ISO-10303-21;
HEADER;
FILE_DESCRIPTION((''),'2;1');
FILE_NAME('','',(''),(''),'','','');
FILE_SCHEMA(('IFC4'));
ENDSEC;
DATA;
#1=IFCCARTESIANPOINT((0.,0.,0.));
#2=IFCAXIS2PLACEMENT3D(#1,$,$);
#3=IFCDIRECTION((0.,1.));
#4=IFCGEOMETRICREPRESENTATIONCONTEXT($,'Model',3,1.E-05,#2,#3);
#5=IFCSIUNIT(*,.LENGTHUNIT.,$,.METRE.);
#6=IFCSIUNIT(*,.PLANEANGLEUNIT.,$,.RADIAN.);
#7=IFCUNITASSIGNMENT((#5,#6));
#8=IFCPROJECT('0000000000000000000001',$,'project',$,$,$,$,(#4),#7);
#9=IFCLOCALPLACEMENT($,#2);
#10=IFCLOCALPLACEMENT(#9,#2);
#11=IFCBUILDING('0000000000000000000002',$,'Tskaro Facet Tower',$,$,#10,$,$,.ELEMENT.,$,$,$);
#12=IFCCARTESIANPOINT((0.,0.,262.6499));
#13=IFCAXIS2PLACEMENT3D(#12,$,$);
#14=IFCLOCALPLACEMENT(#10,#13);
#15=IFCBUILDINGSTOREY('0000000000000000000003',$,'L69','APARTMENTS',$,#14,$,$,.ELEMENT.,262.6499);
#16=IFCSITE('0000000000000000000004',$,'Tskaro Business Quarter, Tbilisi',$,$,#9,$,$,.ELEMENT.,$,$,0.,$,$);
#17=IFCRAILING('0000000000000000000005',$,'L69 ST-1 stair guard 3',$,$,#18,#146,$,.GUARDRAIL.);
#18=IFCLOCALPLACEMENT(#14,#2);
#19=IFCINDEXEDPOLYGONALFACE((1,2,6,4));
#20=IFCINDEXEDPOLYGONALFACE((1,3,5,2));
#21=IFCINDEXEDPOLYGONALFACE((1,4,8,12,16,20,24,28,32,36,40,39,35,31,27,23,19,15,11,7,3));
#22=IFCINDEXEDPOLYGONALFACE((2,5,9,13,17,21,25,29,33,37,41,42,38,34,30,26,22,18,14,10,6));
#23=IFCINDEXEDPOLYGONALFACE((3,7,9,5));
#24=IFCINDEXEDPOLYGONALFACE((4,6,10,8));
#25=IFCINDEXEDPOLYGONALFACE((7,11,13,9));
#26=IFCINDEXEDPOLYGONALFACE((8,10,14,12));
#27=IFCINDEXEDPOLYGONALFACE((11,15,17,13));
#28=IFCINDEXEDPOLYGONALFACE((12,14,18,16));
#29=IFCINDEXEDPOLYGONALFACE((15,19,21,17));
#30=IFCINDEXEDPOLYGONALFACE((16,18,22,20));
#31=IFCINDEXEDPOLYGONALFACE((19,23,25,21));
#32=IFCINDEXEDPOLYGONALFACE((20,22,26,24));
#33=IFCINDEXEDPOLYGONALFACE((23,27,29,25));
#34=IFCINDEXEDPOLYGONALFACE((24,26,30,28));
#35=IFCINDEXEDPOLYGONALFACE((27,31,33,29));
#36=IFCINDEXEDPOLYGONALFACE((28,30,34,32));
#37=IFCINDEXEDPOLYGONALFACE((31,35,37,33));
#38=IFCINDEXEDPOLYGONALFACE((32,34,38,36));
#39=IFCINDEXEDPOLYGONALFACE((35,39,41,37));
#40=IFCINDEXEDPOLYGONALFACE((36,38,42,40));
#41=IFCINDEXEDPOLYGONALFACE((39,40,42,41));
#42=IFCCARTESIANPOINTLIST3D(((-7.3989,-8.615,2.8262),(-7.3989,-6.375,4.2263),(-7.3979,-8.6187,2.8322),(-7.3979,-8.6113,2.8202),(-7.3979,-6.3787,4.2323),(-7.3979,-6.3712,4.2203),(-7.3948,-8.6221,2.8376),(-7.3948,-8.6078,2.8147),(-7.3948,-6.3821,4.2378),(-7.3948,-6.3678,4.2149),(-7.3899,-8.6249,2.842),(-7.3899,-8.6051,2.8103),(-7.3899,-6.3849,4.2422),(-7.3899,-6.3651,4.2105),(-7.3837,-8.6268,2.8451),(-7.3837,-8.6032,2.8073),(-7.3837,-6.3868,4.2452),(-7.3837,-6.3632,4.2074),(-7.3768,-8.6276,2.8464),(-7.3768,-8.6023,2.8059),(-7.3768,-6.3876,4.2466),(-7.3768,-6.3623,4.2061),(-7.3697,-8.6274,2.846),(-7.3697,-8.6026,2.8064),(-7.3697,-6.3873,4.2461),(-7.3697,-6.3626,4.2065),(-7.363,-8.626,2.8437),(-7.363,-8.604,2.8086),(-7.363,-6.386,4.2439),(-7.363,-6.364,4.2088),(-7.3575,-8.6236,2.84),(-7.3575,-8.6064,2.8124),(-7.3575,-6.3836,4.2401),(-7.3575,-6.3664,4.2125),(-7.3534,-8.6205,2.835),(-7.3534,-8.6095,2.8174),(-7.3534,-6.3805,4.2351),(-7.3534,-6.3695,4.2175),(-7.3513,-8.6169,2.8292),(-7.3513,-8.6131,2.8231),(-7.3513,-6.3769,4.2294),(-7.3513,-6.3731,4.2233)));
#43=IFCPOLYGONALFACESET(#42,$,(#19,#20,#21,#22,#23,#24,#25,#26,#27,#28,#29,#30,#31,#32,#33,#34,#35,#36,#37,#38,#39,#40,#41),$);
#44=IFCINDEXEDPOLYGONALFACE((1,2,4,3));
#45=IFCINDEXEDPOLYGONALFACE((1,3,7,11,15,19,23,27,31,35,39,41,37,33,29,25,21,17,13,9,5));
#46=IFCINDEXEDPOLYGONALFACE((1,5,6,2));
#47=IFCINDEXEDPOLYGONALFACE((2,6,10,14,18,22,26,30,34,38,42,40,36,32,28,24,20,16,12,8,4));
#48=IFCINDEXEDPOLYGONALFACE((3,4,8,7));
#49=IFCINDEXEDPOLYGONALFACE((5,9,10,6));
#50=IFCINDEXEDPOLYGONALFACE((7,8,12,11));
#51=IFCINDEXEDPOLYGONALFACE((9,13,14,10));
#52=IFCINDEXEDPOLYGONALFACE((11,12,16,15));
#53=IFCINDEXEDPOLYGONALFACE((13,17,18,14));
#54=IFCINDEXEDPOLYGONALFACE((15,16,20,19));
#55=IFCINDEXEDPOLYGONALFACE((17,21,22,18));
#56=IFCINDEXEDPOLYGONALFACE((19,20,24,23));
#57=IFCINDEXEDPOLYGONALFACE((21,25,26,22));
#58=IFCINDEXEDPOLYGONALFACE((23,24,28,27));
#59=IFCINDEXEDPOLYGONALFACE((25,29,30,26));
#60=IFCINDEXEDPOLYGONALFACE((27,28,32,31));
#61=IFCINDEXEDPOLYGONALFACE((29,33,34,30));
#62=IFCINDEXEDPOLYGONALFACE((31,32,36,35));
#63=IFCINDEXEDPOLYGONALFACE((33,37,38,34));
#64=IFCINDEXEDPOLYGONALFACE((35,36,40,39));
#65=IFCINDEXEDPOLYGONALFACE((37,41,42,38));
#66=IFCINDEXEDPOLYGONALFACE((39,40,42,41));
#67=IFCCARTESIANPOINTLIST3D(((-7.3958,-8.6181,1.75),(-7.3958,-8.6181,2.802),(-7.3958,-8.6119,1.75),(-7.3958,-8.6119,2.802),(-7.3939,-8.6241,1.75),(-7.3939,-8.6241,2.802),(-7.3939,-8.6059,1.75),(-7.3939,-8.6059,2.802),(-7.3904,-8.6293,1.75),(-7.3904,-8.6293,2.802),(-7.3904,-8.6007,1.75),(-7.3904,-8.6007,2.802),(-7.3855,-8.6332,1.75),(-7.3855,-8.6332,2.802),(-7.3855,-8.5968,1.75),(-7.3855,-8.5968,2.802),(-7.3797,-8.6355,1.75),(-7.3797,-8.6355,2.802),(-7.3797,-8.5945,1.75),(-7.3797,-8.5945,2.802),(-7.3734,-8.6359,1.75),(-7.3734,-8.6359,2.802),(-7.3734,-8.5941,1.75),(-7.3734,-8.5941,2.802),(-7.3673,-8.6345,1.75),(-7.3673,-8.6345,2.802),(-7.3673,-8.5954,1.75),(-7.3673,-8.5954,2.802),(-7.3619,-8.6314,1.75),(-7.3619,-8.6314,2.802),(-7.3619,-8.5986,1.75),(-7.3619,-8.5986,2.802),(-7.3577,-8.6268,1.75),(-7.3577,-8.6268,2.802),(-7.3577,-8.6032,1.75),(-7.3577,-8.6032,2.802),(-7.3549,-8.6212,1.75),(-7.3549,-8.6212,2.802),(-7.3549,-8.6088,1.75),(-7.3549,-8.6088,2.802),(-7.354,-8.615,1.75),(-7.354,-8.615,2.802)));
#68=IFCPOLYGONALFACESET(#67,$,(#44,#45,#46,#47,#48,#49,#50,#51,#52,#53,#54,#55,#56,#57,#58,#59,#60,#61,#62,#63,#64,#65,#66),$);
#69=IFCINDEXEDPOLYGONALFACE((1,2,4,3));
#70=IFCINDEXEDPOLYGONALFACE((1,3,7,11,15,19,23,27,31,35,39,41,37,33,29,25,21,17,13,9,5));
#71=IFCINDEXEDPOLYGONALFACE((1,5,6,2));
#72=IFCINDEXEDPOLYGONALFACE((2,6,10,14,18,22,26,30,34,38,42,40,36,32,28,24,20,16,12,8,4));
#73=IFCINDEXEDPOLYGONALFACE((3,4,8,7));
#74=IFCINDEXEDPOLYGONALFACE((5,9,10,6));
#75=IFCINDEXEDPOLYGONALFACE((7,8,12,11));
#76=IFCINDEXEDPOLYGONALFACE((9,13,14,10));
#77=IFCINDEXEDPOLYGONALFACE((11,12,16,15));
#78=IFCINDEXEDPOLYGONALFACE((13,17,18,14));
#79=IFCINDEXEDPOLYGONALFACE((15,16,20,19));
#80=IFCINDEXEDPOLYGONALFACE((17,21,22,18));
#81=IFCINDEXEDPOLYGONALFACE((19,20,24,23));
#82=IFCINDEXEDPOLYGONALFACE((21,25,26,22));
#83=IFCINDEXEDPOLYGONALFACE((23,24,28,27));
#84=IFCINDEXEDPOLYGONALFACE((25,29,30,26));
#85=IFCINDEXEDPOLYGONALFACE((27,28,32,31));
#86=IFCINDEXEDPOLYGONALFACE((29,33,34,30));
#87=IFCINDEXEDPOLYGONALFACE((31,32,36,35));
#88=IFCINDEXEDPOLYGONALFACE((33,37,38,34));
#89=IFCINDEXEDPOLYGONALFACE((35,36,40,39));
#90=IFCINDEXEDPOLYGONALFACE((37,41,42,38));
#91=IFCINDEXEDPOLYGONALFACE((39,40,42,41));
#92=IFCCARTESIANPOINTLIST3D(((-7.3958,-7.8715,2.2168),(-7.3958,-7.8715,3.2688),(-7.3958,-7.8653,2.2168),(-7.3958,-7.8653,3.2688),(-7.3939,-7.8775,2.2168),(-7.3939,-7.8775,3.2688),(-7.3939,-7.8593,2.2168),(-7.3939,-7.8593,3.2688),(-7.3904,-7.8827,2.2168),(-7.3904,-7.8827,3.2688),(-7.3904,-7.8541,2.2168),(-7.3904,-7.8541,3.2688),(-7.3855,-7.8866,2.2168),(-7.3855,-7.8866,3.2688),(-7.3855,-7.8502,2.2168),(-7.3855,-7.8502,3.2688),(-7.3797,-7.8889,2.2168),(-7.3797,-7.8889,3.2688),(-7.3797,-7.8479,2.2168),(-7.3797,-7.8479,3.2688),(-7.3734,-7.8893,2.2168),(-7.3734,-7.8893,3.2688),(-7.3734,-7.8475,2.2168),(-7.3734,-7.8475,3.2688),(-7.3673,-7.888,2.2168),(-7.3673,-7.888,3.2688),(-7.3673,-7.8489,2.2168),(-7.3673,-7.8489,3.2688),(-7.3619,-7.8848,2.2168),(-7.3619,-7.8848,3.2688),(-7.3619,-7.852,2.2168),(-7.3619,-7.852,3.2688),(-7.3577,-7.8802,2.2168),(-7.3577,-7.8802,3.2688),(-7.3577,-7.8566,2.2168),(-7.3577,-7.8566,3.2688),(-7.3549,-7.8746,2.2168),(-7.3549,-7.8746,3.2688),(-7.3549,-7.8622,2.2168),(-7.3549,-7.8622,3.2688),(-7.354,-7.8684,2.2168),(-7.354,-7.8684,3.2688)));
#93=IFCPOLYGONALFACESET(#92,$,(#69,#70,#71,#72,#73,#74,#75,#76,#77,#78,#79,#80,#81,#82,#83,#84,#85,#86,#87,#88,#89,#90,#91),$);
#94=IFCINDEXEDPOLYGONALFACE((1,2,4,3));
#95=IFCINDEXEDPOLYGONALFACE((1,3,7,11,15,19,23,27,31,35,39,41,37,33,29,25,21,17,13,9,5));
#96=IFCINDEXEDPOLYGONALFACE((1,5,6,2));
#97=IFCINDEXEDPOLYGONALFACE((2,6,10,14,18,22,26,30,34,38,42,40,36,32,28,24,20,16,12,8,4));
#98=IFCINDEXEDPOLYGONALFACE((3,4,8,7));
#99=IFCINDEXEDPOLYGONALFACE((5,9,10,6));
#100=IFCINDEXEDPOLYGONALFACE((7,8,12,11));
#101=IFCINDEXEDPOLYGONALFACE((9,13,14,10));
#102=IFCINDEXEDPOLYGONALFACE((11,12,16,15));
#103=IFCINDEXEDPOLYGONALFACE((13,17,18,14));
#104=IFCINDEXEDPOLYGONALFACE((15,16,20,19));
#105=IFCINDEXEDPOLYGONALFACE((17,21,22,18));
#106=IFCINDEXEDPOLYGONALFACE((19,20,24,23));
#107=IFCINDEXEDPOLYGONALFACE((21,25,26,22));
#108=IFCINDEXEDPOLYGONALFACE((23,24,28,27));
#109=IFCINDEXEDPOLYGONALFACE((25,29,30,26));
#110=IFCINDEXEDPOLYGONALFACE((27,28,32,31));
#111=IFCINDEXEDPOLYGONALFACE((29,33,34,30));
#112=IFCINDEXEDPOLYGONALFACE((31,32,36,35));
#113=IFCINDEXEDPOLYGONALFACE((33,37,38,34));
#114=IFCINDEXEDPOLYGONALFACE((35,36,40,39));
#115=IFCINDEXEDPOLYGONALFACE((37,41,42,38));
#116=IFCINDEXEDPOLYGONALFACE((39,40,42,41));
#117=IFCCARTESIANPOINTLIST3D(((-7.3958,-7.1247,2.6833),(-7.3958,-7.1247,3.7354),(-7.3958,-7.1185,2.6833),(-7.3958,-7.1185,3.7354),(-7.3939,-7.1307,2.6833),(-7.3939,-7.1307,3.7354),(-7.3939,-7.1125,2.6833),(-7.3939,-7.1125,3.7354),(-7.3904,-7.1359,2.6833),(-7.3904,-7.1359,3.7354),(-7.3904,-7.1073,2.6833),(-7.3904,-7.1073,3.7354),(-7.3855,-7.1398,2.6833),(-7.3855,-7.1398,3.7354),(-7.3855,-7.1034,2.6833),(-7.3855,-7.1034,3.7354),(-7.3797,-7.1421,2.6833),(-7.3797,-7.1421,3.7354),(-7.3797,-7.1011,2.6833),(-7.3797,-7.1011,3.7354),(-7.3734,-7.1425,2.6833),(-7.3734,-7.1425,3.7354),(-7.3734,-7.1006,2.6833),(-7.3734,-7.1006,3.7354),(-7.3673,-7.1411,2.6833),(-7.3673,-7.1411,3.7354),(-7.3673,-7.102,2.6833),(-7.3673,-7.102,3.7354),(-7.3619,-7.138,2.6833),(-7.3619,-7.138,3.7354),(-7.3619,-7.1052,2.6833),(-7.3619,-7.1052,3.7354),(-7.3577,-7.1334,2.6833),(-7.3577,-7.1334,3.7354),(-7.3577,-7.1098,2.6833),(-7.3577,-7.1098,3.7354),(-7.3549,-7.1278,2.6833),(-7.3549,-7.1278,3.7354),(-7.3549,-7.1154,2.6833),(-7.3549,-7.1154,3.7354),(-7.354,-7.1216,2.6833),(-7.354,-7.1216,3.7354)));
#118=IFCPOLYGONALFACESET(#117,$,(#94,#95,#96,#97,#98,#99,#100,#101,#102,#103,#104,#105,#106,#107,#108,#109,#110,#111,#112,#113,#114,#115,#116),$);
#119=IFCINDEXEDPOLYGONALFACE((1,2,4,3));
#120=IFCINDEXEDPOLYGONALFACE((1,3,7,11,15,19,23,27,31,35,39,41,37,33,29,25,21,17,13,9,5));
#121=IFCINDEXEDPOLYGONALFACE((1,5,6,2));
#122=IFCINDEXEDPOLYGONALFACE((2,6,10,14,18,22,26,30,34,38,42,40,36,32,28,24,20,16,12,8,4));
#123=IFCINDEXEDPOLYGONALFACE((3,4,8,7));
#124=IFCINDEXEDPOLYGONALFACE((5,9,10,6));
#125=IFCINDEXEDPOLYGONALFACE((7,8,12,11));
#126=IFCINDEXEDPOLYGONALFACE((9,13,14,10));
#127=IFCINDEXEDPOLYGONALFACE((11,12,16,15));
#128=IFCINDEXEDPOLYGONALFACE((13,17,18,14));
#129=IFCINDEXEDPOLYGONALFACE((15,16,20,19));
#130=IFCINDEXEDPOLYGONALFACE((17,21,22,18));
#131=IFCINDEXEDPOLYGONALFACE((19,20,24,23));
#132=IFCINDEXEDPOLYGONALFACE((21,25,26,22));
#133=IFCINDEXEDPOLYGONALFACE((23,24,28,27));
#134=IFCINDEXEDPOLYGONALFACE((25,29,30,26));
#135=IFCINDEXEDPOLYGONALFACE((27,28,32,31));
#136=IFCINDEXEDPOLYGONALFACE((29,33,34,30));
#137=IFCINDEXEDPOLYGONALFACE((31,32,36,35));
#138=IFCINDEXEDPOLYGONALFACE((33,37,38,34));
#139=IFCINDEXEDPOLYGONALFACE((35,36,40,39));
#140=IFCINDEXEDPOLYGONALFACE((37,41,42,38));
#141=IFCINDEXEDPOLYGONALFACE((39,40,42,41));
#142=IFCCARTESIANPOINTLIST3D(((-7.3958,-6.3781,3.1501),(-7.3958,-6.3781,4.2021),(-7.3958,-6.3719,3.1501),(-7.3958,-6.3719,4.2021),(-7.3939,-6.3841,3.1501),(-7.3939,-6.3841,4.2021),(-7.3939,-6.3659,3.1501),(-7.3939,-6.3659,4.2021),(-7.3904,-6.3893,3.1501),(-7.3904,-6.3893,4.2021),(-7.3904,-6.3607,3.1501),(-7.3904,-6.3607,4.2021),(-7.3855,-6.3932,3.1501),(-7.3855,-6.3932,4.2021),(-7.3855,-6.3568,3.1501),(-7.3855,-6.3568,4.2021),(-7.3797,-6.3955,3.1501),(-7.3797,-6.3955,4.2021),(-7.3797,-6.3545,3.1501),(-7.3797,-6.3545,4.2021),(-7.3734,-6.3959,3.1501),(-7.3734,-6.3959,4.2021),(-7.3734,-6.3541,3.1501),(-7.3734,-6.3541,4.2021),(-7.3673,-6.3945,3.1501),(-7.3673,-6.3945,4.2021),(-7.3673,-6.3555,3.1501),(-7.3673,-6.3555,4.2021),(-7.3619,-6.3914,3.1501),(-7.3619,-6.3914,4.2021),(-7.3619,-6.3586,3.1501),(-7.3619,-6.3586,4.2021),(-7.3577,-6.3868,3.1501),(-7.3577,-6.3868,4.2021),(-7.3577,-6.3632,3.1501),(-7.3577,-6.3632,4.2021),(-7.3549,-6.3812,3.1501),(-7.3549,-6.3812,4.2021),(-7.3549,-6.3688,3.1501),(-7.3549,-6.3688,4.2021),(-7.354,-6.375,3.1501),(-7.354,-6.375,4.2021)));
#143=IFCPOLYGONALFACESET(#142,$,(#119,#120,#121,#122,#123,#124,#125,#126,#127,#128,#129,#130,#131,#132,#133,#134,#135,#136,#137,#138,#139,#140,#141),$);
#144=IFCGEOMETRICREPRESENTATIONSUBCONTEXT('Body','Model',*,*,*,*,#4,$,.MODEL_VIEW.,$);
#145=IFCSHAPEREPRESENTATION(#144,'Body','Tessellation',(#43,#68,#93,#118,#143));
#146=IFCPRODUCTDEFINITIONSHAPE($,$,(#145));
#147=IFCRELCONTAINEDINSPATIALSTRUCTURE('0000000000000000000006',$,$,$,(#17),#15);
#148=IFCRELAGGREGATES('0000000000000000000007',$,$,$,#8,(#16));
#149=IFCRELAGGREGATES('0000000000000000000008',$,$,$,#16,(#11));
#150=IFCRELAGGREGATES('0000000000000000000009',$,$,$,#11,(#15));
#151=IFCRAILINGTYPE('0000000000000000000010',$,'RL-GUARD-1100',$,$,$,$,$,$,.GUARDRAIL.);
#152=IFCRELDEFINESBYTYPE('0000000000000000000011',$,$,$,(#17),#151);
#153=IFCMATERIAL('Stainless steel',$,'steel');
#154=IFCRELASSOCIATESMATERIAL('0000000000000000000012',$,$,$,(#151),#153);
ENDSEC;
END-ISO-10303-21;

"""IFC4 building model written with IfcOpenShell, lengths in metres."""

from ifc_helpers import new_model, si_unit, direction, frame, origin, origin_2d, place, context, subcontext, project, spatial, circle, extrude, material, type_object, element, save


model = new_model("IFC4")

# Units and contexts
model_context = context("Model", 3, precision=1e-05, world=origin(), true_north=direction((0.0, 1.0)))
body_context = subcontext(model_context, "Body", "Model", "MODEL_VIEW")
ifc_project = project(units=[si_unit("LENGTHUNIT", "METRE"), si_unit("PLANEANGLEUNIT", "RADIAN")], contexts=[model_context])

# Site, building, storey
site_placement = place(None, origin())
site = spatial("IfcSite", under=ifc_project, at=site_placement, Name="Tskaro Business Quarter, Tbilisi", CompositionType="ELEMENT", RefElevation=0.0)
building_placement = place(site_placement, origin())
building = spatial("IfcBuilding", under=site, at=building_placement, Name="Tskaro Facet Tower", CompositionType="ELEMENT")
storey_placement = place(building_placement, frame((0.0, 0.0, 262.6499)))
storey = spatial("IfcBuildingStorey", under=building, at=storey_placement, Name="L69", Description="APARTMENTS", CompositionType="ELEMENT", Elevation=262.6499)

# Shared definitions
ifc_material_1 = material(Name="Stainless steel", Category="steel")

# Railing
railing_type_1 = type_object("IfcRailingType", Name="RL-GUARD-1100", PredefinedType="GUARDRAIL", material=ifc_material_1)
railing_1_placement = place(storey_placement, frame((-7.375, -8.615, 1.75)))
element("IfcRailing", 1, at=railing_1_placement, inside=storey, type_object=railing_type_1, Name="L69 ST-1 stair guard 3", PredefinedType="GUARDRAIL", context=body_context, shape_type="SweptSolid", body=[
    extrude(circle(Radius=0.0239, at=origin_2d()), frame((0.0, 0.0, 1.0762), z_axis=(0.0, 0.847972, 0.53004), x_axis=(-1.0, 0.0, 0.0)), (0.0, 0.0, 1.0), 2.6416),
    extrude(circle(Radius=0.021, at=origin_2d()), origin(), (0.0, 0.0, 1.0), 1.052),
    extrude(circle(Radius=0.021, at=origin_2d()), frame((0.0, 0.7466, 0.4668)), (0.0, 0.0, 1.0), 1.052),
    extrude(circle(Radius=0.021, at=origin_2d()), frame((0.0, 1.4934, 0.9333)), (0.0, 0.0, 1.0), 1.052),
    extrude(circle(Radius=0.021, at=origin_2d()), frame((0.0, 2.24, 1.4001)), (0.0, 0.0, 1.0), 1.052),
])

save(model, "model.ifc")
